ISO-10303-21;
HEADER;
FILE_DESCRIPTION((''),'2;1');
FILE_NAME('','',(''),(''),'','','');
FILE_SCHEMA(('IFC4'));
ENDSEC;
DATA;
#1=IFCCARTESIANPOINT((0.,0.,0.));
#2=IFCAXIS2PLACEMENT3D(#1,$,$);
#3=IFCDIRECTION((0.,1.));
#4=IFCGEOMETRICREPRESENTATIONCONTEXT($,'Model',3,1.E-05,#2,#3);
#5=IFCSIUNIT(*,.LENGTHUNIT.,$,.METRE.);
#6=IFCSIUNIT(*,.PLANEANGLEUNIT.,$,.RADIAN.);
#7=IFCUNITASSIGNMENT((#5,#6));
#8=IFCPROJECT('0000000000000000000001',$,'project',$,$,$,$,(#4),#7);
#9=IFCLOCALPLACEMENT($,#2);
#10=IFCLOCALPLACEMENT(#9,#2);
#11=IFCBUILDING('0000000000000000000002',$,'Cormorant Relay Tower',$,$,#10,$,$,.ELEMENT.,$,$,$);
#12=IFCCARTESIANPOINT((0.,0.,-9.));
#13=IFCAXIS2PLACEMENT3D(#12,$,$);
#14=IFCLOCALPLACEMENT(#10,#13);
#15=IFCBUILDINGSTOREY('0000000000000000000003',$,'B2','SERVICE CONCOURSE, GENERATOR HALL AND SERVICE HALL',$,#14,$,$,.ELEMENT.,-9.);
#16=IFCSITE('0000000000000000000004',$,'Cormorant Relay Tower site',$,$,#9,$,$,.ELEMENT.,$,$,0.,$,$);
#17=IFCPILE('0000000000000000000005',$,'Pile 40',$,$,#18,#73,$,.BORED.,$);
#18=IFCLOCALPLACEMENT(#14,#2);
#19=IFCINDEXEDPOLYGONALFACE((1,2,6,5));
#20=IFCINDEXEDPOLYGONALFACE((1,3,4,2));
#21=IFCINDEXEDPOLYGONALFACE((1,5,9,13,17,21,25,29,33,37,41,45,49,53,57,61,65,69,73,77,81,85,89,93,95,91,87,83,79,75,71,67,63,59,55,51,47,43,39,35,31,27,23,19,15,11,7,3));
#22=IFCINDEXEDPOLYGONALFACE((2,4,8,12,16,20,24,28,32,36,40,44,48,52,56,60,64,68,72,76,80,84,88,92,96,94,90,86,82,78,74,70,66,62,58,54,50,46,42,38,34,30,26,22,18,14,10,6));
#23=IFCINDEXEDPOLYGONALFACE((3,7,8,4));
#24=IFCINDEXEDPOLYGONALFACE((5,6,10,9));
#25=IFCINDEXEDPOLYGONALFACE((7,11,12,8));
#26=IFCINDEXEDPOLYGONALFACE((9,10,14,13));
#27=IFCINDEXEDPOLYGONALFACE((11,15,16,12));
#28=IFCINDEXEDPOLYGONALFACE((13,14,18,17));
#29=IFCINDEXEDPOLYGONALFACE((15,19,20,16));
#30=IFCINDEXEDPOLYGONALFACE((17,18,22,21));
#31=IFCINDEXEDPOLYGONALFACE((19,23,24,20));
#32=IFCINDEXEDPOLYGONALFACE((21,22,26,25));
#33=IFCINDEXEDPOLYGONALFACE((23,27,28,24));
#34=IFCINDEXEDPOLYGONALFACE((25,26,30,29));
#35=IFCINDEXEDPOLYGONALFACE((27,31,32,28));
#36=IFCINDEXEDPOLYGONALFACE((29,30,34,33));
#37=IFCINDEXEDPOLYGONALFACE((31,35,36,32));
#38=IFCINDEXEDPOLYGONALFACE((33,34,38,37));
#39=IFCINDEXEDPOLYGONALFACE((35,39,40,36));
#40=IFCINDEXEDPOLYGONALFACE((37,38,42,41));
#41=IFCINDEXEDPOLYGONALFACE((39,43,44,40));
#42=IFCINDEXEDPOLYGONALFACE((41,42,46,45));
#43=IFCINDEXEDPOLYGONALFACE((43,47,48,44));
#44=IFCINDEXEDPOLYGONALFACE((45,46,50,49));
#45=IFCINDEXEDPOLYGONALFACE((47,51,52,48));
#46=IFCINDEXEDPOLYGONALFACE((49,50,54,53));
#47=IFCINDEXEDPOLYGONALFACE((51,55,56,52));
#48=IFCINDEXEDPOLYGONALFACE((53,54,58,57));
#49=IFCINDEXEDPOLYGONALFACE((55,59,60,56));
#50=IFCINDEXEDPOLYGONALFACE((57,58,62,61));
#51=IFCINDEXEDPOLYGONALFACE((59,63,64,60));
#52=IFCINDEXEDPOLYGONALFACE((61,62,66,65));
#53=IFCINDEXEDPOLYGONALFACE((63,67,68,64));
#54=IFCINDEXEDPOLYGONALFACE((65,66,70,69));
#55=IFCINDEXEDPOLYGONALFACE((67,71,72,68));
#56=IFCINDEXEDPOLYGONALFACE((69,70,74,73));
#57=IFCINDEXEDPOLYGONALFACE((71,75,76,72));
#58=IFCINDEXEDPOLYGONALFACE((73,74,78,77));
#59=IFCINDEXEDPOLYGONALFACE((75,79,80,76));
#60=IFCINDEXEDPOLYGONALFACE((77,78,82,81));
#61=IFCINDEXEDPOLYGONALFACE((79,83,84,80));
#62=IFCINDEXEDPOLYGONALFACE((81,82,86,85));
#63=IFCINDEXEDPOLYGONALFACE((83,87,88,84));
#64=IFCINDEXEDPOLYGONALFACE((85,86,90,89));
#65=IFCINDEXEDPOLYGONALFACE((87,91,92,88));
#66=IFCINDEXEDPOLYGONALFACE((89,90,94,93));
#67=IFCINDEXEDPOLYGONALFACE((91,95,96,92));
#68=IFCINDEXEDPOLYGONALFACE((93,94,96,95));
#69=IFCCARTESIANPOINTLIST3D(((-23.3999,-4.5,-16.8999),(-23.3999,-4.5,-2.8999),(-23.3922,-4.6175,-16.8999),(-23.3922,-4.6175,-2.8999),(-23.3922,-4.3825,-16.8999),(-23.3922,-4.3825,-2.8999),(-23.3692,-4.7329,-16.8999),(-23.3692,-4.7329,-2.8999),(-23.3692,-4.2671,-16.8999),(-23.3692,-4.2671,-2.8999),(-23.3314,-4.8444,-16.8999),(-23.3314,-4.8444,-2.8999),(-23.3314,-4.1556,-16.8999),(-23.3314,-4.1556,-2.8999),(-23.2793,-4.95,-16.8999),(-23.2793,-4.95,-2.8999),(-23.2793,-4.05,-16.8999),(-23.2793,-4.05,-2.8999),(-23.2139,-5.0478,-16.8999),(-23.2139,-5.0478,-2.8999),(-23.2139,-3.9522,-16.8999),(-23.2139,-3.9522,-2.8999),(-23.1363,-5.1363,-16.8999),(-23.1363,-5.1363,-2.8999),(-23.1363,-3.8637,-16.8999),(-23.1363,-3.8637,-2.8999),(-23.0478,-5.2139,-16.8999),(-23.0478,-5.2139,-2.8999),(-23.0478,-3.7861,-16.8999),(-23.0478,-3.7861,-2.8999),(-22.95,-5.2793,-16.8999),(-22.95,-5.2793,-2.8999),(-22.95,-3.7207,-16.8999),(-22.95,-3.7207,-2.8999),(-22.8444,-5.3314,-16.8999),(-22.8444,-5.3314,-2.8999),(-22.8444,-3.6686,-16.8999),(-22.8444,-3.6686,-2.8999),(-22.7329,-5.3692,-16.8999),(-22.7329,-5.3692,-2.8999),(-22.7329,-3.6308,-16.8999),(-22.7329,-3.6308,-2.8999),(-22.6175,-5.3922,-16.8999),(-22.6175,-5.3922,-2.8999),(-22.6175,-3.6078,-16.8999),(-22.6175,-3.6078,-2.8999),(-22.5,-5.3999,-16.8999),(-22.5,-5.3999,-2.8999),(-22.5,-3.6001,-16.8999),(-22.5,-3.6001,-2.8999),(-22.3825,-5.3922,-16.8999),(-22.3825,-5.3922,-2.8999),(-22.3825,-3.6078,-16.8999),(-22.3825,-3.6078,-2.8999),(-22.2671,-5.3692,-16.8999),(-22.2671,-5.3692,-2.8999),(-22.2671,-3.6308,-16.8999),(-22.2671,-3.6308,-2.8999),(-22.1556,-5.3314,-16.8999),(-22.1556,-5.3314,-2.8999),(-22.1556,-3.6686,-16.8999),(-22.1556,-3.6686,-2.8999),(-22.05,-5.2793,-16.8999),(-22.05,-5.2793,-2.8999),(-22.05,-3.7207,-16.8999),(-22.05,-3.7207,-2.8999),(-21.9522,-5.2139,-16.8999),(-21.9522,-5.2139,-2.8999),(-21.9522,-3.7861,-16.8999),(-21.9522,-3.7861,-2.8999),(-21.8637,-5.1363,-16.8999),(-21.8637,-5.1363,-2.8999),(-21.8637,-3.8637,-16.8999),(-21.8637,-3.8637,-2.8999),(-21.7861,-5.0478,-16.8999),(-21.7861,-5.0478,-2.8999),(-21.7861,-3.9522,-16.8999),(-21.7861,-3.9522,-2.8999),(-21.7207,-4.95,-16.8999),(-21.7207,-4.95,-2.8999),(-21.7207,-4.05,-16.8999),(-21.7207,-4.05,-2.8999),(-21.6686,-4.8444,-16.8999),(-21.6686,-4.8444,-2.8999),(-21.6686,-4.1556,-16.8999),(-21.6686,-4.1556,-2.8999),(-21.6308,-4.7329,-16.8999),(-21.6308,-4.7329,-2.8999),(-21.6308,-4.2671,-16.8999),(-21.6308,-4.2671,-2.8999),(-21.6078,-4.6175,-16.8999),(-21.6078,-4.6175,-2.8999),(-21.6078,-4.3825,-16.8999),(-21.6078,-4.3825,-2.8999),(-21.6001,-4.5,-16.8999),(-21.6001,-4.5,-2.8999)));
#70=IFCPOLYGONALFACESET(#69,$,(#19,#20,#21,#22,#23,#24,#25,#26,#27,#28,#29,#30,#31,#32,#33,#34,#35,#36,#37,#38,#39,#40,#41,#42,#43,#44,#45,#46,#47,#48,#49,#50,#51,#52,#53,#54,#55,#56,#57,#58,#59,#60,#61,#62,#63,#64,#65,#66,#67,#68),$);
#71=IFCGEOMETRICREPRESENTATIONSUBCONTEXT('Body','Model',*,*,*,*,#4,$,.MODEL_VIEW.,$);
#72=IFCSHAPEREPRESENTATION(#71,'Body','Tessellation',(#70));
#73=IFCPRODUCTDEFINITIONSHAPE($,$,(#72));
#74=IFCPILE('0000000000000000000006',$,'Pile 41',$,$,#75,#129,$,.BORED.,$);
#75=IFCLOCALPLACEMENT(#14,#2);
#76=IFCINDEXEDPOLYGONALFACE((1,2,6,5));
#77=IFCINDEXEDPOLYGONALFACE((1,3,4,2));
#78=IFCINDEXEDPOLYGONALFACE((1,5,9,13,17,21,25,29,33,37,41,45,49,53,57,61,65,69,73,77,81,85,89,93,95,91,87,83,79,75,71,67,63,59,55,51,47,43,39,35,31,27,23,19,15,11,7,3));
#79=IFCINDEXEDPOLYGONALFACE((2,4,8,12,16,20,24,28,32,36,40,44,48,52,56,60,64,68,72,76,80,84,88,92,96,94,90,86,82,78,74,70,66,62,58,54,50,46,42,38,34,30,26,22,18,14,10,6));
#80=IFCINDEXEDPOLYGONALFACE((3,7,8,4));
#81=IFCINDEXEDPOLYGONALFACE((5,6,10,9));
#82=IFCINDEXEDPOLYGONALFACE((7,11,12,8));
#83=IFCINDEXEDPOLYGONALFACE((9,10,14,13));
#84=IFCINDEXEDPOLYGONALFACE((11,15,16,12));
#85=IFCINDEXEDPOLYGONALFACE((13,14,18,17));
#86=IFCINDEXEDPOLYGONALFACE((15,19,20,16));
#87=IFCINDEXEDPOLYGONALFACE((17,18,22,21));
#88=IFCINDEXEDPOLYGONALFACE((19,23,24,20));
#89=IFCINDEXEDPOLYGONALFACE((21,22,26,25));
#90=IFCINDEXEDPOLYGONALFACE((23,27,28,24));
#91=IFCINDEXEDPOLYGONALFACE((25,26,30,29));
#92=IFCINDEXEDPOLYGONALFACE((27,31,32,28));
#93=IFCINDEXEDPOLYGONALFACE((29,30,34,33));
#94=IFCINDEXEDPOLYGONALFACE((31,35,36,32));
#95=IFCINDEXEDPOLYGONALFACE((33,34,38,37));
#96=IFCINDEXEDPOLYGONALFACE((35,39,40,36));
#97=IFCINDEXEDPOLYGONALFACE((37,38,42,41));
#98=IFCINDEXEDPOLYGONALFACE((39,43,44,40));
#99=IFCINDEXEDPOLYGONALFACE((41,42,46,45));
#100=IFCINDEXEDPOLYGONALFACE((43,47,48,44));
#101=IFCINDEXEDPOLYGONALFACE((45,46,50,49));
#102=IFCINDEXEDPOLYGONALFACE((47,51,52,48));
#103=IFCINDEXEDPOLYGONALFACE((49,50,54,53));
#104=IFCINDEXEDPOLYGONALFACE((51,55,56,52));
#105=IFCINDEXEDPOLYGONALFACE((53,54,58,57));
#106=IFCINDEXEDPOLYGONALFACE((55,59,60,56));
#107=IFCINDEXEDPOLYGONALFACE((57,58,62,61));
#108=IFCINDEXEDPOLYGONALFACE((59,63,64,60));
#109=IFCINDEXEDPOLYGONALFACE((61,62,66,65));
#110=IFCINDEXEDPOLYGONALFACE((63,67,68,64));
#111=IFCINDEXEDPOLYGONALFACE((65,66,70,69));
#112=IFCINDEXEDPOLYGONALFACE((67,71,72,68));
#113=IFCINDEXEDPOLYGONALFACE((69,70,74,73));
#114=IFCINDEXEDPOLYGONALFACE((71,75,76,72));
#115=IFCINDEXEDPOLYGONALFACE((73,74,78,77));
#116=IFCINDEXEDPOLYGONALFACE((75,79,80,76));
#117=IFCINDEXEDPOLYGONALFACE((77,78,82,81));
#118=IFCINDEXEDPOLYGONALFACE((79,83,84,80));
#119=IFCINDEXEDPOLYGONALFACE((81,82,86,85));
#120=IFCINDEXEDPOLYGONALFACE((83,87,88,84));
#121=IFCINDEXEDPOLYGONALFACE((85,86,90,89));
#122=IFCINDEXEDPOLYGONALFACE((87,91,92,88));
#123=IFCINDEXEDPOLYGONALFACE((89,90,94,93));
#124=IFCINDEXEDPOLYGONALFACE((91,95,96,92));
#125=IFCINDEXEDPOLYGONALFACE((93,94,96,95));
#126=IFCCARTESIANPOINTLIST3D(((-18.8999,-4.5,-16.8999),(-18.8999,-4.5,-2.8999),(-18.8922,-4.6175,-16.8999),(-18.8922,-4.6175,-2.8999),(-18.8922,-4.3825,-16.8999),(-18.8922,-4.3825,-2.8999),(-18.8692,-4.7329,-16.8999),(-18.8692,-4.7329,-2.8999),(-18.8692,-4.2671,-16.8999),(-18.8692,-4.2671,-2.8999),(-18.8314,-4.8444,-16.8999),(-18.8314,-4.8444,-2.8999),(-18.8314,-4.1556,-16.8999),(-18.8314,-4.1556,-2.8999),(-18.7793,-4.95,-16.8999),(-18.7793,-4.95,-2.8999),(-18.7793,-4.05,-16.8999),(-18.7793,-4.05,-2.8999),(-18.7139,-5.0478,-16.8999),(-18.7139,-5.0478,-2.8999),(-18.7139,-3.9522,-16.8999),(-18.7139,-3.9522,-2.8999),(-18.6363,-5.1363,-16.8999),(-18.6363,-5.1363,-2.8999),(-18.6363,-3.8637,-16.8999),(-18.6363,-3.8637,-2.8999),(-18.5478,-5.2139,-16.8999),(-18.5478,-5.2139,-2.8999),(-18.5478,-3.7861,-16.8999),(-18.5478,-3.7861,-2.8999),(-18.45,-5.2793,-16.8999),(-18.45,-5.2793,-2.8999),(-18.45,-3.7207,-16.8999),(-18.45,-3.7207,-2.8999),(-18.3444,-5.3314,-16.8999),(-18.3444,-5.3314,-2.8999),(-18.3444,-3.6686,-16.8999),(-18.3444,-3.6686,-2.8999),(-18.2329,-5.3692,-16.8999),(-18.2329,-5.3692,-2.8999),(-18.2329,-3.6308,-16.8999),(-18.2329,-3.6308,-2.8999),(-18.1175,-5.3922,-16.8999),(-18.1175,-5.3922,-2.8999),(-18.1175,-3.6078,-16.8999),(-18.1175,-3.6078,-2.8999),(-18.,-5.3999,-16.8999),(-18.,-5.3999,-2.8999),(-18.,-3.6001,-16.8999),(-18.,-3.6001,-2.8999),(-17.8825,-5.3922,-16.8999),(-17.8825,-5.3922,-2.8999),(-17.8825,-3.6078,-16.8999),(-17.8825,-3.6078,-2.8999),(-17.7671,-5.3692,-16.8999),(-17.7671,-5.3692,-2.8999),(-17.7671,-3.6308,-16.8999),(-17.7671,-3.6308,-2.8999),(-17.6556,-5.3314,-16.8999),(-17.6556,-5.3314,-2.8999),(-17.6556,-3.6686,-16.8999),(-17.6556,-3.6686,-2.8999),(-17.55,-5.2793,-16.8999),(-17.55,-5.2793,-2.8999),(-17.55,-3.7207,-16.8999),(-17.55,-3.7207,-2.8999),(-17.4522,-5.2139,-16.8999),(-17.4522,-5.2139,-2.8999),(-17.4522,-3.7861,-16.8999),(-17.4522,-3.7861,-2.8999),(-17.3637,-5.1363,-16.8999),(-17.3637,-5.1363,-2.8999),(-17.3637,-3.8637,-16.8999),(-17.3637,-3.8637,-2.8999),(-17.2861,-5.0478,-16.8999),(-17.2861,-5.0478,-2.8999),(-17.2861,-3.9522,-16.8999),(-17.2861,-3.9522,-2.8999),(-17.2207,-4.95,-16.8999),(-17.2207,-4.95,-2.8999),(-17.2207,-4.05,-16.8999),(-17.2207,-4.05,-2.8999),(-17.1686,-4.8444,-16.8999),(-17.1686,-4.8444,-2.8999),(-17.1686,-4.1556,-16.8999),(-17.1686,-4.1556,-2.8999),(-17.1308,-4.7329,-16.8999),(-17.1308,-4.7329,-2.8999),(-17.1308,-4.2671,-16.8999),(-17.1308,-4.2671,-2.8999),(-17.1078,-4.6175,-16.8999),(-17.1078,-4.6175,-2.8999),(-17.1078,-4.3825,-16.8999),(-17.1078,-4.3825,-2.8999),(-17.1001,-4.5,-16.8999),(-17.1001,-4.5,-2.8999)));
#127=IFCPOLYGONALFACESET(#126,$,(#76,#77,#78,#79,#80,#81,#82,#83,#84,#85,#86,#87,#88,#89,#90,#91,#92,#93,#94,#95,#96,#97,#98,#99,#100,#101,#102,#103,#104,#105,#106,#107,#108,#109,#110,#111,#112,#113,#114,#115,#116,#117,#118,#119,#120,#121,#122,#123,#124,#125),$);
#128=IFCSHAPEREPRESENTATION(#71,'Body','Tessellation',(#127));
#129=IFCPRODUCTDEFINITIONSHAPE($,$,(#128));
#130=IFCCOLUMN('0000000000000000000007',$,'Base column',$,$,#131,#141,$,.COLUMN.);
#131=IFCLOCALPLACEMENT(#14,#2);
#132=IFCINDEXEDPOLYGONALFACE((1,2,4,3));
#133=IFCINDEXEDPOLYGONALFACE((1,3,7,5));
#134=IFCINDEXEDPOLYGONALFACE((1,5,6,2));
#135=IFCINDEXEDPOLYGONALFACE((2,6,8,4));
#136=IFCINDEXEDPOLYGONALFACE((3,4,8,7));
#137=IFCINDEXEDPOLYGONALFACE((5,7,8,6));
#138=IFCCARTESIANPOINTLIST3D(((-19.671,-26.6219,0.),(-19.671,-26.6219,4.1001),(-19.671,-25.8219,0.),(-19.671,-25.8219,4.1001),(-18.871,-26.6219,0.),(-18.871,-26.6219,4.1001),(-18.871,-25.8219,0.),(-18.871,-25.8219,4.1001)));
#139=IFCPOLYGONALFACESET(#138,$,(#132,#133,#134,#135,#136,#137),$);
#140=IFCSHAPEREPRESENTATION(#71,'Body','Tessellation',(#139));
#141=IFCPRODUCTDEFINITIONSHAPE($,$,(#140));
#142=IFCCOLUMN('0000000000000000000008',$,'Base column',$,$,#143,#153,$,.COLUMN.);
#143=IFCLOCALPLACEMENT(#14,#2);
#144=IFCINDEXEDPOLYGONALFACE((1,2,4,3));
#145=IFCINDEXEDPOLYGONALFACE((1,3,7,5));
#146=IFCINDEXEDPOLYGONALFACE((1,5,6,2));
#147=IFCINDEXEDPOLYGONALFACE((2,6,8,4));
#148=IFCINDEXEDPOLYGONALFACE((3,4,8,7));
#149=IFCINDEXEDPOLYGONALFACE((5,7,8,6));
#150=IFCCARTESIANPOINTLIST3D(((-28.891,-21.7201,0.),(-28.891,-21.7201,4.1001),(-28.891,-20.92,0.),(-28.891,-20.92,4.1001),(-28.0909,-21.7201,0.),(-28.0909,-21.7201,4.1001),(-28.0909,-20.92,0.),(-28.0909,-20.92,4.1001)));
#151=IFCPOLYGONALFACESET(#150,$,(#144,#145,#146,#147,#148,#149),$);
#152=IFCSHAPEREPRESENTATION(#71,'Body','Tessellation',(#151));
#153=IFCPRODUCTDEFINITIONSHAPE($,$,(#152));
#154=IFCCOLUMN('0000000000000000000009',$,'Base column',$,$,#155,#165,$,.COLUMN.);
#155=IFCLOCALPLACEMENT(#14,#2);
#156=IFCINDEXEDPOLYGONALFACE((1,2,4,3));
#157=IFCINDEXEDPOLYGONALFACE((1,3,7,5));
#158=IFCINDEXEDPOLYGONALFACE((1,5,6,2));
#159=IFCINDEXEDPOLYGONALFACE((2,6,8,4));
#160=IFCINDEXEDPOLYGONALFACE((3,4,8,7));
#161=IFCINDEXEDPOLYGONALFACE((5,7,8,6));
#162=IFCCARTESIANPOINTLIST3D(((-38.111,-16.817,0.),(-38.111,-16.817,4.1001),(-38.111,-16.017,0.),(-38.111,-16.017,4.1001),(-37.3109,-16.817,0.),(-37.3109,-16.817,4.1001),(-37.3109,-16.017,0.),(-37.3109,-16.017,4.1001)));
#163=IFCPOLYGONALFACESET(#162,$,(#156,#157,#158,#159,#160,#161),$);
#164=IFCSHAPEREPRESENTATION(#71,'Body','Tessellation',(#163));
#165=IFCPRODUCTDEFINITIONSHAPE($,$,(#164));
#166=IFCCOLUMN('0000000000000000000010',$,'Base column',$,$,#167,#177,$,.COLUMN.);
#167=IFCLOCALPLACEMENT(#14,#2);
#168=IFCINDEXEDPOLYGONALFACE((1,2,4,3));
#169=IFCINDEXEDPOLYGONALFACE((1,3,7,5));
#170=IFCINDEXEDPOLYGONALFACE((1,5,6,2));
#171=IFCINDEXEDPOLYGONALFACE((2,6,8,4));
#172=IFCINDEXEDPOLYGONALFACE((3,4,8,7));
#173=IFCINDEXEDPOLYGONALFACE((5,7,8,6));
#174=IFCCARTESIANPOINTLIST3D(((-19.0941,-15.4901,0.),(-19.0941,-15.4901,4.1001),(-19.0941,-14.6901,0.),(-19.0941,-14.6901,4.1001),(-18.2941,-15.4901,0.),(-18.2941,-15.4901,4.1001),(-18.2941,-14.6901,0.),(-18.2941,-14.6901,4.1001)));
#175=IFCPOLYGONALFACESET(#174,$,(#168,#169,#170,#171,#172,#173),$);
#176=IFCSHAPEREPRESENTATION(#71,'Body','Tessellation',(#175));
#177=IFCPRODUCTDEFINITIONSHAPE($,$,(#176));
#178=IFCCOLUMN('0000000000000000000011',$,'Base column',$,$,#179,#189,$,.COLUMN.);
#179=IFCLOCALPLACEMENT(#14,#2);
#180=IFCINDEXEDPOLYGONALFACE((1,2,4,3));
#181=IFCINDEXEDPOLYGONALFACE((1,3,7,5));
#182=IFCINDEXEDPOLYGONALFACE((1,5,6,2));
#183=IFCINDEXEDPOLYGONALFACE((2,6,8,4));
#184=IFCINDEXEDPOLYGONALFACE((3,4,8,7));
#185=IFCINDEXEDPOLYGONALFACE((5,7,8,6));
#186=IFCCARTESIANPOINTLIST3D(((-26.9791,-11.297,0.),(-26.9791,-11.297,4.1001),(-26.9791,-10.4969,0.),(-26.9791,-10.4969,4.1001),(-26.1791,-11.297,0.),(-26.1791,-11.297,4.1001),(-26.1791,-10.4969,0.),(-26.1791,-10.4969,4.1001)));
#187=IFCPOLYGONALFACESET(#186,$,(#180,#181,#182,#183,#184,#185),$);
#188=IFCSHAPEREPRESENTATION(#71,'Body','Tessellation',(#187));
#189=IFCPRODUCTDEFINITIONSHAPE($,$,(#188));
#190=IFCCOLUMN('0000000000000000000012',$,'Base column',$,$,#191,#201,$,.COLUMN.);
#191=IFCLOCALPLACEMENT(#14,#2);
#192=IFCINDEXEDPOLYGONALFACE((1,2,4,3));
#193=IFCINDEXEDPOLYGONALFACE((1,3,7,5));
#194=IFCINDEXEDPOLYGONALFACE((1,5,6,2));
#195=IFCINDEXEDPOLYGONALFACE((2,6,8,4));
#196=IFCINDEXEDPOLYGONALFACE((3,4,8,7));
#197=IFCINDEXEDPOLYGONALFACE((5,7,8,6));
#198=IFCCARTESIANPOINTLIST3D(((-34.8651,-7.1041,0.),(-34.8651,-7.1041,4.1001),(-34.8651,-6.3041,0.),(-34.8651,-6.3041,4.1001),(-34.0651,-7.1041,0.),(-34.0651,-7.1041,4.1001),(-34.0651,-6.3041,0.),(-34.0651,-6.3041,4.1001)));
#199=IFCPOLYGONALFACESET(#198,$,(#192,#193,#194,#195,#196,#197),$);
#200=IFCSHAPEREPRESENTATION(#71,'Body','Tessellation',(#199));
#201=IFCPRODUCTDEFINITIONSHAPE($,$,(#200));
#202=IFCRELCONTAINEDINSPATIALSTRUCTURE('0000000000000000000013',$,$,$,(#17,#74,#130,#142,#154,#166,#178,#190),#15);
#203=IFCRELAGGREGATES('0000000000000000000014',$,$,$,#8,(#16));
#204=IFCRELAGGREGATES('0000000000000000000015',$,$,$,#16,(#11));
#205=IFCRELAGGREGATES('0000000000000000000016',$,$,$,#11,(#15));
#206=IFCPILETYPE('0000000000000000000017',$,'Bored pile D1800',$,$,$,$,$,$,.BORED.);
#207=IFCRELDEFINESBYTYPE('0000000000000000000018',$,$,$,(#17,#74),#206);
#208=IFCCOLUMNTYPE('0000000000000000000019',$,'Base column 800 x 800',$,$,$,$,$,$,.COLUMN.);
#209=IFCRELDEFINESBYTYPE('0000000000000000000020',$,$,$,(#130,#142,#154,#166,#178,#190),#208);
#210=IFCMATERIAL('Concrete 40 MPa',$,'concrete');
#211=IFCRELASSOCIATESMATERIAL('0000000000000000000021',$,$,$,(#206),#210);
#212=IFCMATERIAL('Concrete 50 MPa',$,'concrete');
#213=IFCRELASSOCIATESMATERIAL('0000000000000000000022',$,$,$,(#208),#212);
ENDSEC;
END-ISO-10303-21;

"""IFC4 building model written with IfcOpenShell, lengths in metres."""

from ifc_helpers import new_model, si_unit, direction, frame, origin, origin_2d, place, context, subcontext, project, spatial, rectangle, circle, extrude, material, material_profile, profile_set, type_object, element, save


model = new_model("IFC4")

# Units and contexts
model_context = context("Model", 3, precision=1e-05, world=origin(), true_north=direction((0.0, 1.0)))
body_context = subcontext(model_context, "Body", "Model", "MODEL_VIEW")
ifc_project = project(units=[si_unit("LENGTHUNIT", "METRE"), si_unit("PLANEANGLEUNIT", "RADIAN")], contexts=[model_context])

# Site, building, storey
site_placement = place(None, origin())
site = spatial("IfcSite", under=ifc_project, at=site_placement, Name="Cormorant Relay Tower site", CompositionType="ELEMENT", RefElevation=0.0)
building_placement = place(site_placement, origin())
building = spatial("IfcBuilding", under=site, at=building_placement, Name="Cormorant Relay Tower", CompositionType="ELEMENT")
storey_placement = place(building_placement, frame((0.0, 0.0, -9.0)))
storey = spatial("IfcBuildingStorey", under=building, at=storey_placement, Name="B2", Description="SERVICE CONCOURSE, GENERATOR HALL AND SERVICE HALL", CompositionType="ELEMENT", Elevation=-9.0)

# Piles
ifc_material_1 = material(Name="Concrete 40 MPa", Category="concrete")
ifc_material_profile_1 = material_profile(ifc_material_1, circle(Radius=0.8999, at=origin_2d()), Name="BP1800")
ifc_profile_set_1 = profile_set([ifc_material_profile_1], Name="Concrete 40 MPa")
pile_type = type_object("IfcPileType", Name="Bored pile D1800", PredefinedType="BORED", material=ifc_profile_set_1)
for number, where, z_axis, x_axis, name in (
    (1, (-22.5, -4.5, -2.8999), (0.0, 0.0, -1.0), (1.0, 0.0, 0.0), "Pile 40"),
    (2, (-18.0, -4.5, -2.8999), (0.0, 0.0, -1.0), (1.0, 0.0, 0.0), "Pile 41"),
):
    element("IfcPile", number, at=place(storey_placement, frame(where, z_axis=z_axis, x_axis=x_axis)), inside=storey, type_object=pile_type, Name=name, PredefinedType="BORED", context=body_context, shape_type="SweptSolid", body=[
        extrude(circle(Radius=0.8999, at=origin_2d()), origin(), (0.0, 0.0, 1.0), 14.0),
    ])

# Columns
ifc_material_2 = material(Name="Concrete 50 MPa", Category="concrete")
ifc_material_profile_2 = material_profile(ifc_material_2, rectangle(XDim=0.8, YDim=0.8, at=origin_2d()), Name="RC 800x800")
ifc_profile_set_2 = profile_set([ifc_material_profile_2], Name="Concrete 50 MPa")
column_type_1 = type_object("IfcColumnType", Name="Base column 800 x 800", PredefinedType="COLUMN", material=ifc_profile_set_2)
for number, where, z_axis, x_axis, name in (
    (3, (-19.271, -26.2219, 0.0), (0.0, 0.0, 1.0), (1.0, 0.0, 0.0), "Base column"),
    (4, (-28.491, -21.3201, 0.0), (0.0, 0.0, 1.0), (1.0, 0.0, 0.0), "Base column"),
    (5, (-37.7109, -16.417, 0.0), (0.0, 0.0, 1.0), (1.0, 0.0, 0.0), "Base column"),
    (6, (-18.6941, -15.0901, 0.0), (0.0, 0.0, 1.0), (1.0, 0.0, 0.0), "Base column"),
    (7, (-26.5791, -10.897, 0.0), (0.0, 0.0, 1.0), (1.0, 0.0, 0.0), "Base column"),
    (8, (-34.4651, -6.7041, 0.0), (0.0, 0.0, 1.0), (1.0, 0.0, 0.0), "Base column"),
):
    element("IfcColumn", number, at=place(storey_placement, frame(where, z_axis=z_axis, x_axis=x_axis)), inside=storey, type_object=column_type_1, Name=name, PredefinedType="COLUMN", context=body_context, shape_type="SweptSolid", body=[
        extrude(rectangle(XDim=0.8, YDim=0.8, at=origin_2d()), origin(), (0.0, 0.0, 1.0), 4.1001),
    ])

save(model, "model.ifc")
